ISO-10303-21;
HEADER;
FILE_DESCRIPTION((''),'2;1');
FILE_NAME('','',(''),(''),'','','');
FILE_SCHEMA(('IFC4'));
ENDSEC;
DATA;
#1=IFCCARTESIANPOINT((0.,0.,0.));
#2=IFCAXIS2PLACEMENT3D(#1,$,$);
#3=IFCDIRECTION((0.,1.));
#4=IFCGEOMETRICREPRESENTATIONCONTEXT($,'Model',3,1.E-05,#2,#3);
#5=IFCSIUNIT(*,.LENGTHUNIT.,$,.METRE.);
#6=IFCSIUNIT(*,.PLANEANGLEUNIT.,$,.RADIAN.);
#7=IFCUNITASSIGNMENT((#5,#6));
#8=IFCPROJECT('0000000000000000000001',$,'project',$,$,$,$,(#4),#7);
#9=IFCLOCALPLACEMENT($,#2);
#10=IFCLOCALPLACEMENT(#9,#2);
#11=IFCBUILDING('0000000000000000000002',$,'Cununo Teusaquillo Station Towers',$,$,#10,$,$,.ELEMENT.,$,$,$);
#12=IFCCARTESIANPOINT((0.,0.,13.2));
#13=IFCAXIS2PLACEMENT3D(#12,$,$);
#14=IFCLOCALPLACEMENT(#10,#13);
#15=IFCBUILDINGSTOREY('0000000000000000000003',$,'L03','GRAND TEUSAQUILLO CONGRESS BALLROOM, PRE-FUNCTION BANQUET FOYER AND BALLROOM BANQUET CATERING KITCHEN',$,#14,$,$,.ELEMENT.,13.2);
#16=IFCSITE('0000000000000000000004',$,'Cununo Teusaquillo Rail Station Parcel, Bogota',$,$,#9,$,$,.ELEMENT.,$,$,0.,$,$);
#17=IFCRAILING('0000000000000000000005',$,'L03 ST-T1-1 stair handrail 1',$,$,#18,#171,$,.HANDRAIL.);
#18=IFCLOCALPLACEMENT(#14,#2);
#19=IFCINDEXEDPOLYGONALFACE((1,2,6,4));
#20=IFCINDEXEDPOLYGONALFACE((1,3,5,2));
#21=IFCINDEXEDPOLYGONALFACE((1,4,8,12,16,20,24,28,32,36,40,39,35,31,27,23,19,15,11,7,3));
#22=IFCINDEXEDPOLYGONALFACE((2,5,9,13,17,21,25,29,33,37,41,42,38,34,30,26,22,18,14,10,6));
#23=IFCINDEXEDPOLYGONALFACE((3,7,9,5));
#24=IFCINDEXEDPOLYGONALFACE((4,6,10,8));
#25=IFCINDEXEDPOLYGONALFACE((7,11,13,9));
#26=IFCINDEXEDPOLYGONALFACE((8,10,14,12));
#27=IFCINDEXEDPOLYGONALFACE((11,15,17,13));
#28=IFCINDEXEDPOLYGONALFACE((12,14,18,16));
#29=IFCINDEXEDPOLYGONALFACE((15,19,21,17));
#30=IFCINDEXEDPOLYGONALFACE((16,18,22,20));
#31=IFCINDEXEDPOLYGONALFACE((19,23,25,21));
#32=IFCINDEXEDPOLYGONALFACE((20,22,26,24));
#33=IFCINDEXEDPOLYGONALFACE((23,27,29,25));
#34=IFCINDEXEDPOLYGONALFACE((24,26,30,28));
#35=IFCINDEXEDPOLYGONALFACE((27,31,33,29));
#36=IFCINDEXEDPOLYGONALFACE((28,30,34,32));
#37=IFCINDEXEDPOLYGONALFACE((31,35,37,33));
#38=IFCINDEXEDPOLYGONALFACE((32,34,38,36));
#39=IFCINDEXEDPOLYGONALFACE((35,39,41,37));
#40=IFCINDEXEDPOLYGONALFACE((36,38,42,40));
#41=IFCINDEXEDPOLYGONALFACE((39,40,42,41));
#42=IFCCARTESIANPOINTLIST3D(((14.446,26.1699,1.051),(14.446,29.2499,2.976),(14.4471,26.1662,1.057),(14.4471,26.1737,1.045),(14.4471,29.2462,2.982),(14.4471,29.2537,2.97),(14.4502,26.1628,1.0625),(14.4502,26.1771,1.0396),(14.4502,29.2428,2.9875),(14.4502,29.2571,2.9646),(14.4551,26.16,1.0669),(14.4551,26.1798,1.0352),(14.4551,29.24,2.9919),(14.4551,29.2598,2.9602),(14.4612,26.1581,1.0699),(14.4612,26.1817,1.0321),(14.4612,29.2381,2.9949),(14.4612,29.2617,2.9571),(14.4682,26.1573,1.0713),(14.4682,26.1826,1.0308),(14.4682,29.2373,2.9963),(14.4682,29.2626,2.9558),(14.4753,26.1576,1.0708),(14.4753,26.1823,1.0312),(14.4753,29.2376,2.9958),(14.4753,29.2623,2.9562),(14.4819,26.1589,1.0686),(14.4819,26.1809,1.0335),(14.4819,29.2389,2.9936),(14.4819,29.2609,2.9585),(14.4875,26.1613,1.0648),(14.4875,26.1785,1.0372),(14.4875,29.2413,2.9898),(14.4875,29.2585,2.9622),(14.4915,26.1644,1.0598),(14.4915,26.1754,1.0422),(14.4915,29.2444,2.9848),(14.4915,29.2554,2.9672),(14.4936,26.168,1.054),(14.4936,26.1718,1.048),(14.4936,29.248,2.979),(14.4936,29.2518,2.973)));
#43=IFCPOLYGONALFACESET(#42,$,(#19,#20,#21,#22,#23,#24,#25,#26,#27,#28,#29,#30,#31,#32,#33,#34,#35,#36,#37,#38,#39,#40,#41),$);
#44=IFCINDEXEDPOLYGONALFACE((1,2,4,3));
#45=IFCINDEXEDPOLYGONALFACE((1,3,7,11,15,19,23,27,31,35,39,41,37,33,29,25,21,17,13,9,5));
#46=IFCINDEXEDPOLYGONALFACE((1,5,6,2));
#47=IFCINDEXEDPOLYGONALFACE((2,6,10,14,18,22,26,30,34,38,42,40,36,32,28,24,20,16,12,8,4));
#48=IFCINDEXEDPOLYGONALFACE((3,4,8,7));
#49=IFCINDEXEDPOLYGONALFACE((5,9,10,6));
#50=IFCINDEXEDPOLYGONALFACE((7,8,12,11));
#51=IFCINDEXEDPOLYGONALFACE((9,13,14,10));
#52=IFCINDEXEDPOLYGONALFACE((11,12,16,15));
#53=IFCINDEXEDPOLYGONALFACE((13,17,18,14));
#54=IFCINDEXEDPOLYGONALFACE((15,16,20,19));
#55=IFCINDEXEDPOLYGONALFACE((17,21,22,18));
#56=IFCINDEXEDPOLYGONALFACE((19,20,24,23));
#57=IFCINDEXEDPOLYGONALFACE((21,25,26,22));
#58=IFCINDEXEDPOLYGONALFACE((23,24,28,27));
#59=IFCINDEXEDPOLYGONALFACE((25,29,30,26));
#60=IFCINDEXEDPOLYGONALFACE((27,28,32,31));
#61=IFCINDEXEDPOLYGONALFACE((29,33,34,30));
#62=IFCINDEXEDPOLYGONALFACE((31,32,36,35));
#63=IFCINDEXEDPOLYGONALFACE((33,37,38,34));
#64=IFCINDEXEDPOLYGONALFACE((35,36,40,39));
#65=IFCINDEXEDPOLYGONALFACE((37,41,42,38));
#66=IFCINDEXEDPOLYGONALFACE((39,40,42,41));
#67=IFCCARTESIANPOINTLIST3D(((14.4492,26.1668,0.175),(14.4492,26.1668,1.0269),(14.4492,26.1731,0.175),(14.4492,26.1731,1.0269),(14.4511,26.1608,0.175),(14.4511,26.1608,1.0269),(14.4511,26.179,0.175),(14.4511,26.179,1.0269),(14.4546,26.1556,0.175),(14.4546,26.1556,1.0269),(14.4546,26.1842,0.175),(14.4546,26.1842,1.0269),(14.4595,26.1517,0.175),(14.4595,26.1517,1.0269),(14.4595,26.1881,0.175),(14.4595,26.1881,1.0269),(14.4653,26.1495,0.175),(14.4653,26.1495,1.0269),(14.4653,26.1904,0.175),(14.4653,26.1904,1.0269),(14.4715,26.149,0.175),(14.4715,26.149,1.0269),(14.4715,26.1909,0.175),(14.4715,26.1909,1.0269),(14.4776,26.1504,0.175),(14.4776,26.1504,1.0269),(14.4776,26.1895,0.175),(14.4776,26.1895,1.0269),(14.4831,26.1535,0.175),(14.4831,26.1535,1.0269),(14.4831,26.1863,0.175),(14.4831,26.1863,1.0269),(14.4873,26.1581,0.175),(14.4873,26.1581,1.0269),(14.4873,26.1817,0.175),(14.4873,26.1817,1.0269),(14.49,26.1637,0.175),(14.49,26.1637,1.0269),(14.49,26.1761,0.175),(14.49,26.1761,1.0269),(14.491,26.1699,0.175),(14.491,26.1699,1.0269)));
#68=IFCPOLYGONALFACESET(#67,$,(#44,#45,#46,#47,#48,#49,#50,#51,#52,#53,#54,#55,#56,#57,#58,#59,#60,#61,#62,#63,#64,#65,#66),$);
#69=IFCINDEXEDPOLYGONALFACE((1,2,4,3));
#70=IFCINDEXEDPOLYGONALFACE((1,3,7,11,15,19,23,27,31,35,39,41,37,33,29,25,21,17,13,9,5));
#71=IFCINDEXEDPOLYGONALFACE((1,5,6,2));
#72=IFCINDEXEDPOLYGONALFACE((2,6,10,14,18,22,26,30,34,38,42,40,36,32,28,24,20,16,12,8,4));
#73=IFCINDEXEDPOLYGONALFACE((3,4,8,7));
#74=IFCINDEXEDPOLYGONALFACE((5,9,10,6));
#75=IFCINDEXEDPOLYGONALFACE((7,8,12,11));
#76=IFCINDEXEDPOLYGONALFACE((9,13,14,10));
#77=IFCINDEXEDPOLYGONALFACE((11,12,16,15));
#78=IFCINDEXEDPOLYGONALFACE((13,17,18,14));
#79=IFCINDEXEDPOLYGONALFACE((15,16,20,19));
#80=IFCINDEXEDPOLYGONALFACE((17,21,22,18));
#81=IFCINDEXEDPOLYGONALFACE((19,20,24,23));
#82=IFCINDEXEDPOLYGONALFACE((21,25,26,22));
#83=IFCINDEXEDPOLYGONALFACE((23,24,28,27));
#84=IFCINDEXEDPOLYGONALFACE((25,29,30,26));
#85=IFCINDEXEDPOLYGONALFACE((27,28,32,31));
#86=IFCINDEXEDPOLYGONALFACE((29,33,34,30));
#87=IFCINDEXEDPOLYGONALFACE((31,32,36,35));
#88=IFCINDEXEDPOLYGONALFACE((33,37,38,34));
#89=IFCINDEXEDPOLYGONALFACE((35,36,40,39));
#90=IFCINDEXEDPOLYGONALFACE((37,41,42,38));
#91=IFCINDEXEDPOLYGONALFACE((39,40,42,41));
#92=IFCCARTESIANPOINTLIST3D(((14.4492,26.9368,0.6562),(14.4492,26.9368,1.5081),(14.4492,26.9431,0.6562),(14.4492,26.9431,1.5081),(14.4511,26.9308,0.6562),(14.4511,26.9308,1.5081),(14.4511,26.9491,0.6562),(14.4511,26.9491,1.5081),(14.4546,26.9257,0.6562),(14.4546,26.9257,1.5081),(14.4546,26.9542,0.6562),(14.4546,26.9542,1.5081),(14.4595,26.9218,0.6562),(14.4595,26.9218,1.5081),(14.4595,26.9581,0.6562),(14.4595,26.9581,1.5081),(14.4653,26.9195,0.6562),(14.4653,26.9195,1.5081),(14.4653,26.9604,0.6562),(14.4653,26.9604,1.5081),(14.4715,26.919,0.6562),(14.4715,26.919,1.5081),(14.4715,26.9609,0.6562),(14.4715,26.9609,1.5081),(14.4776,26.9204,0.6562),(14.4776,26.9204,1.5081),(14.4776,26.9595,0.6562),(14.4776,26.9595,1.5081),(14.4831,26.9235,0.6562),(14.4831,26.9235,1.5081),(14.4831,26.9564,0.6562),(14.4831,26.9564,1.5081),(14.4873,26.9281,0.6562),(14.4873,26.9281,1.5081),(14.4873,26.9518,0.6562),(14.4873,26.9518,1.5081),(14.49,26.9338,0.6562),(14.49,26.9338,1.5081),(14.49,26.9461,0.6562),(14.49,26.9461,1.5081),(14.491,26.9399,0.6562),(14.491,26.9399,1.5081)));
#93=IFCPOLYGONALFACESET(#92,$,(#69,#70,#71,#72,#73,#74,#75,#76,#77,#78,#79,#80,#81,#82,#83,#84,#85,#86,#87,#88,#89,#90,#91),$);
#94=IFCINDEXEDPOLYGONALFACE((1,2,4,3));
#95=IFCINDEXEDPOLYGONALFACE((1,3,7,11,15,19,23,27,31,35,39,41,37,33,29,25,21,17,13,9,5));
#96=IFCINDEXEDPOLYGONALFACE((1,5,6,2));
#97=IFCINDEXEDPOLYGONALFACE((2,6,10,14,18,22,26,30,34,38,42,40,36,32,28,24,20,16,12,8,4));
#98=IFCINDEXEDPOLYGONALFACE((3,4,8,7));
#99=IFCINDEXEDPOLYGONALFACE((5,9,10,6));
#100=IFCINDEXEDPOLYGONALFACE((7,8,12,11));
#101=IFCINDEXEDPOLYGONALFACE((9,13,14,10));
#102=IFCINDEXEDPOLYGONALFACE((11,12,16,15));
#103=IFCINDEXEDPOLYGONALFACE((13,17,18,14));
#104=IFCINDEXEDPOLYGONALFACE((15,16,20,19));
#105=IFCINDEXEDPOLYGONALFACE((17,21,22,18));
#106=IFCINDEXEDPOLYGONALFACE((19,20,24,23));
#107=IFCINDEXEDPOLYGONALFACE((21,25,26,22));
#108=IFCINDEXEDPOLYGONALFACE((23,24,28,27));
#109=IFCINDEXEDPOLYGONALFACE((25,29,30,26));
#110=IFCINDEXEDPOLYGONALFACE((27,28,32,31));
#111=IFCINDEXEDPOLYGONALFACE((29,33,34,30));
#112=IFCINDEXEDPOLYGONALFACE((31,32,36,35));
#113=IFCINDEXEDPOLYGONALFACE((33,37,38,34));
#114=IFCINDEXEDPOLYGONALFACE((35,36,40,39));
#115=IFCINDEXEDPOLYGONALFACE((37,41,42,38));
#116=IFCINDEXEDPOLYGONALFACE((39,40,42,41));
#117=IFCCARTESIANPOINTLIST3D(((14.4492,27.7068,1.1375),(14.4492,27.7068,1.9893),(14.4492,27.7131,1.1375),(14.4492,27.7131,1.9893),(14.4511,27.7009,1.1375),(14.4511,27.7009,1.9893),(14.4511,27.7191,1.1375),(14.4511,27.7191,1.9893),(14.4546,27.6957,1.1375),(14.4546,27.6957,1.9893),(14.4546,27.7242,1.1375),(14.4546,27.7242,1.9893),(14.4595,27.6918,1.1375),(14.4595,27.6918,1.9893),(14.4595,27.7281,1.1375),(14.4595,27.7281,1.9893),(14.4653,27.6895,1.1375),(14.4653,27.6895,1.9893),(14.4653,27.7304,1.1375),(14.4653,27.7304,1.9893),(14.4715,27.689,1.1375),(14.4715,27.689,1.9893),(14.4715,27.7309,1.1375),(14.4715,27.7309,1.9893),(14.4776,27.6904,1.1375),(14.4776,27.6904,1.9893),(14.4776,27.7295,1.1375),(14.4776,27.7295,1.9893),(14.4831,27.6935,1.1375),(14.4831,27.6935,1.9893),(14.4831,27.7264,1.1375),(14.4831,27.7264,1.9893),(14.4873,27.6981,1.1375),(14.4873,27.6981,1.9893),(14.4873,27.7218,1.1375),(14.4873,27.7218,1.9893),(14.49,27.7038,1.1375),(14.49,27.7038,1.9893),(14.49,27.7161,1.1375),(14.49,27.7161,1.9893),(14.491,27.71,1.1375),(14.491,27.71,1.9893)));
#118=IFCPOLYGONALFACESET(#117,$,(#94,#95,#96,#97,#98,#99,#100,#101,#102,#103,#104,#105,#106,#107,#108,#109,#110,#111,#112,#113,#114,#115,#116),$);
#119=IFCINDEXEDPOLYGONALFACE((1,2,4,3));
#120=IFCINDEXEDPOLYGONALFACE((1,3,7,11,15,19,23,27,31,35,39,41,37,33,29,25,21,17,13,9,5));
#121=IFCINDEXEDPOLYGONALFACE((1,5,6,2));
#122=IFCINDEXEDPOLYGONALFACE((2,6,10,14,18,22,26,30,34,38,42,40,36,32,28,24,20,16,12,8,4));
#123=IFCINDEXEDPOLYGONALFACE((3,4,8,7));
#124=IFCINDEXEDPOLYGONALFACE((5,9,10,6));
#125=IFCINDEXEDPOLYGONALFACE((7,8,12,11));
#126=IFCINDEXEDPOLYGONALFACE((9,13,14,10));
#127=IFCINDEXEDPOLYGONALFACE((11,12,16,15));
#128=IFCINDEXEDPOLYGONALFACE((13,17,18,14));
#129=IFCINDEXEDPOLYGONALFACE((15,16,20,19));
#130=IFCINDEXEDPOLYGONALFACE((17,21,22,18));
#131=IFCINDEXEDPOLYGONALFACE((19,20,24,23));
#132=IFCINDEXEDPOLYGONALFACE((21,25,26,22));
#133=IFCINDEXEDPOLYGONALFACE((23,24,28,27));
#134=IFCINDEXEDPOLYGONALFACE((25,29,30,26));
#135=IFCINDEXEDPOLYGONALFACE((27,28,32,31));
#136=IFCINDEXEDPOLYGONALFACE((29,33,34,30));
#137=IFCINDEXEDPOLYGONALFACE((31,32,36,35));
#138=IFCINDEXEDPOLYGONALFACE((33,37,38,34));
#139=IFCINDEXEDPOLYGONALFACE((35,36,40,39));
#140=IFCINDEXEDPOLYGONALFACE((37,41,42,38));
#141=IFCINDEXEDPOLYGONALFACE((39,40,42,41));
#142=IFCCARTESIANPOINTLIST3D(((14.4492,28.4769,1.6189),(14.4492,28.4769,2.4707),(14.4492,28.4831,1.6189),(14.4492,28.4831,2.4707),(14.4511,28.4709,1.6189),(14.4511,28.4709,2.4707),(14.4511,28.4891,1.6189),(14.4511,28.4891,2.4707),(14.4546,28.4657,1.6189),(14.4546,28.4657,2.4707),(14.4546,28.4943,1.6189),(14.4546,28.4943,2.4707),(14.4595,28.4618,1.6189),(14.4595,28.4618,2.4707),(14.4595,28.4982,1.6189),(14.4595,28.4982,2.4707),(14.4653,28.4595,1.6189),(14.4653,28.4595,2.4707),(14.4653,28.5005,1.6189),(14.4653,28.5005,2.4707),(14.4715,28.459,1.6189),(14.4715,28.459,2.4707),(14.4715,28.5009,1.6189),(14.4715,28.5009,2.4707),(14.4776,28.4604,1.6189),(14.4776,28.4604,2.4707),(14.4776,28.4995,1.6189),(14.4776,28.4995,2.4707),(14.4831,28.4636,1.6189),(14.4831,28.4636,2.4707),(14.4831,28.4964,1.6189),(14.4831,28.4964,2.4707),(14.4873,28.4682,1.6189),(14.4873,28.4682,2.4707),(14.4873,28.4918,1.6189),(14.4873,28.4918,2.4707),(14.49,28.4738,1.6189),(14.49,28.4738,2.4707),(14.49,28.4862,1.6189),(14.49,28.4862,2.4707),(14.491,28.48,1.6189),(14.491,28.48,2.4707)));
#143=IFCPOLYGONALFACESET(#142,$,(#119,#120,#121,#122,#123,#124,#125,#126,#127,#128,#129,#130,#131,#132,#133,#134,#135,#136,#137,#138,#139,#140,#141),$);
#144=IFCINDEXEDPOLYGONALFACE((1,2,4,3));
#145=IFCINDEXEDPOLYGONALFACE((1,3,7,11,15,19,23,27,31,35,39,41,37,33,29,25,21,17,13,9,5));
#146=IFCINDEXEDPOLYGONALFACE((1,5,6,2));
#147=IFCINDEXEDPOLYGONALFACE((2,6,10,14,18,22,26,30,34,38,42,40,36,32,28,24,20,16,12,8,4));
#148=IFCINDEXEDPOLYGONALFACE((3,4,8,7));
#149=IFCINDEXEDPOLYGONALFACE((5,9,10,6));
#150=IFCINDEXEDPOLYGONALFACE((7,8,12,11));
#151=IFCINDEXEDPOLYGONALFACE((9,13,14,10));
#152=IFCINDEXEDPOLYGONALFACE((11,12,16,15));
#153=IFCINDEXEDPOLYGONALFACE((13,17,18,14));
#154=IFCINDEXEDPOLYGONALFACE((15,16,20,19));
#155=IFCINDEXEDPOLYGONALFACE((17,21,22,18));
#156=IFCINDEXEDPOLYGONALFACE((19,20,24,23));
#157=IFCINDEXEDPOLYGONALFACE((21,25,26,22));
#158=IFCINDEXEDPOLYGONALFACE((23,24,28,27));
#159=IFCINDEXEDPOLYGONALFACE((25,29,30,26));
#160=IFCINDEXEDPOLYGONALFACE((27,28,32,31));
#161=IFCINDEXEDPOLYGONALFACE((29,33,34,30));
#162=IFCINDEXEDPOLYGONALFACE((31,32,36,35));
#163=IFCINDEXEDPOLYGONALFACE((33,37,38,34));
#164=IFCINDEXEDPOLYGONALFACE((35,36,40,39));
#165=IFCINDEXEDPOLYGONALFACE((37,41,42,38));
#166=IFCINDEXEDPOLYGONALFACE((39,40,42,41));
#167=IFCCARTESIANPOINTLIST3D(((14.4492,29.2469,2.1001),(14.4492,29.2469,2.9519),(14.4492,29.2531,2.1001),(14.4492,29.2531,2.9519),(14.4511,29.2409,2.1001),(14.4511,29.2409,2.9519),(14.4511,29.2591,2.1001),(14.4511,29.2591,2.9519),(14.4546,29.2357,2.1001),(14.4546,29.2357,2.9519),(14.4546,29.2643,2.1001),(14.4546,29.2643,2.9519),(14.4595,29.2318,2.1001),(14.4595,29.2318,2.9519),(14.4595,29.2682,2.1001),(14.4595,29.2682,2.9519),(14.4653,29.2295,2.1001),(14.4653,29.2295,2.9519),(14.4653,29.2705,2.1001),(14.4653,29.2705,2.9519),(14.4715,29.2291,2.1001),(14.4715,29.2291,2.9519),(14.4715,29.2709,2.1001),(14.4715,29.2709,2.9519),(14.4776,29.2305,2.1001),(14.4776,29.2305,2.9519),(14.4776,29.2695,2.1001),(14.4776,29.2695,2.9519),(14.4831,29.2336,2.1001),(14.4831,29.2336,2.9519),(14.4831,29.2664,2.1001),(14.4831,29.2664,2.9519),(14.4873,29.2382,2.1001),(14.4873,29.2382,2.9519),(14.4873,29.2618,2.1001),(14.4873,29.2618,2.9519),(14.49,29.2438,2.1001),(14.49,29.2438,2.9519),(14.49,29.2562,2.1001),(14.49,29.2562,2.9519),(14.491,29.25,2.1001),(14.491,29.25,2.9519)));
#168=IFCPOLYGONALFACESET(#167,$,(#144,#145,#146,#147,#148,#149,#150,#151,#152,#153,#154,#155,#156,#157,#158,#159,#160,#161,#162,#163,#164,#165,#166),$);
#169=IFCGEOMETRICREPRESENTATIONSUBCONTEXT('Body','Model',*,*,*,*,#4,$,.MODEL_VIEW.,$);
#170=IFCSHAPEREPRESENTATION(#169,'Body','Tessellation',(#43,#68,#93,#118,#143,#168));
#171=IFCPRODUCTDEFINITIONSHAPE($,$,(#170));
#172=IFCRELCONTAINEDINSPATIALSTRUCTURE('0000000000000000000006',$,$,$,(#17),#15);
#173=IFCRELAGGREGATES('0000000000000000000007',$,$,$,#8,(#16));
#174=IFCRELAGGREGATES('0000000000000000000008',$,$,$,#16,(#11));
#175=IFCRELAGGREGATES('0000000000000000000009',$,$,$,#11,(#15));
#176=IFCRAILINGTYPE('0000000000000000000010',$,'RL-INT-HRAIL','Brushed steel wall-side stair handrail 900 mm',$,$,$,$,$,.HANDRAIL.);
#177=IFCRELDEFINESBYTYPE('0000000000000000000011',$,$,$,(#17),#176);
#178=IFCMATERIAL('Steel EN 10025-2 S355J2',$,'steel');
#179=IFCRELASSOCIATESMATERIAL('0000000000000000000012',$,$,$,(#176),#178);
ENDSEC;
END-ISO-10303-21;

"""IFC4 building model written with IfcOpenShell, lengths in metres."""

from ifc_helpers import new_model, si_unit, direction, frame, origin, origin_2d, place, context, subcontext, project, spatial, circle, extrude, material, type_object, element, save


model = new_model("IFC4")

# Units and contexts
model_context = context("Model", 3, precision=1e-05, world=origin(), true_north=direction((0.0, 1.0)))
body_context = subcontext(model_context, "Body", "Model", "MODEL_VIEW")
ifc_project = project(units=[si_unit("LENGTHUNIT", "METRE"), si_unit("PLANEANGLEUNIT", "RADIAN")], contexts=[model_context])

# Site, building, storey
site_placement = place(None, origin())
site = spatial("IfcSite", under=ifc_project, at=site_placement, Name="Cununo Teusaquillo Rail Station Parcel, Bogota", CompositionType="ELEMENT", RefElevation=0.0)
building_placement = place(site_placement, origin())
building = spatial("IfcBuilding", under=site, at=building_placement, Name="Cununo Teusaquillo Station Towers", CompositionType="ELEMENT")
storey_placement = place(building_placement, frame((0.0, 0.0, 13.2)))
storey = spatial("IfcBuildingStorey", under=building, at=storey_placement, Name="L03", Description="GRAND TEUSAQUILLO CONGRESS BALLROOM, PRE-FUNCTION BANQUET FOYER AND BALLROOM BANQUET CATERING KITCHEN", CompositionType="ELEMENT", Elevation=13.2)

# Railing
ifc_material_1 = material(Name="Steel EN 10025-2 S355J2", Category="steel")
railing_type_1 = type_object("IfcRailingType", Name="RL-INT-HRAIL", Description="Brushed steel wall-side stair handrail 900 mm", PredefinedType="HANDRAIL", material=ifc_material_1)
railing_1_placement = place(storey_placement, frame((14.47, 26.1699, 0.175)))
element("IfcRailing", 1, at=railing_1_placement, inside=storey, type_object=railing_type_1, Name="L03 ST-T1-1 stair handrail 1", PredefinedType="HANDRAIL", context=body_context, shape_type="SweptSolid", body=[
    extrude(circle(Radius=0.0239, at=origin_2d()), frame((0.0, 0.0, 0.876), z_axis=(0.0, 0.847998, 0.529999), x_axis=(-1.0, 0.0, 0.0)), (0.0, 0.0, 1.0), 3.6321),
    extrude(circle(Radius=0.021, at=origin_2d()), origin(), (0.0, 0.0, 1.0), 0.8518),
    extrude(circle(Radius=0.021, at=origin_2d()), frame((0.0, 0.77, 0.4812)), (0.0, 0.0, 1.0), 0.8518),
    extrude(circle(Radius=0.021, at=origin_2d()), frame((0.0, 1.54, 0.9624)), (0.0, 0.0, 1.0), 0.8518),
    extrude(circle(Radius=0.021, at=origin_2d()), frame((0.0, 2.3101, 1.4438)), (0.0, 0.0, 1.0), 0.8518),
    extrude(circle(Radius=0.021, at=origin_2d()), frame((0.0, 3.0801, 1.925)), (0.0, 0.0, 1.0), 0.8518),
])

save(model, "model.ifc")
